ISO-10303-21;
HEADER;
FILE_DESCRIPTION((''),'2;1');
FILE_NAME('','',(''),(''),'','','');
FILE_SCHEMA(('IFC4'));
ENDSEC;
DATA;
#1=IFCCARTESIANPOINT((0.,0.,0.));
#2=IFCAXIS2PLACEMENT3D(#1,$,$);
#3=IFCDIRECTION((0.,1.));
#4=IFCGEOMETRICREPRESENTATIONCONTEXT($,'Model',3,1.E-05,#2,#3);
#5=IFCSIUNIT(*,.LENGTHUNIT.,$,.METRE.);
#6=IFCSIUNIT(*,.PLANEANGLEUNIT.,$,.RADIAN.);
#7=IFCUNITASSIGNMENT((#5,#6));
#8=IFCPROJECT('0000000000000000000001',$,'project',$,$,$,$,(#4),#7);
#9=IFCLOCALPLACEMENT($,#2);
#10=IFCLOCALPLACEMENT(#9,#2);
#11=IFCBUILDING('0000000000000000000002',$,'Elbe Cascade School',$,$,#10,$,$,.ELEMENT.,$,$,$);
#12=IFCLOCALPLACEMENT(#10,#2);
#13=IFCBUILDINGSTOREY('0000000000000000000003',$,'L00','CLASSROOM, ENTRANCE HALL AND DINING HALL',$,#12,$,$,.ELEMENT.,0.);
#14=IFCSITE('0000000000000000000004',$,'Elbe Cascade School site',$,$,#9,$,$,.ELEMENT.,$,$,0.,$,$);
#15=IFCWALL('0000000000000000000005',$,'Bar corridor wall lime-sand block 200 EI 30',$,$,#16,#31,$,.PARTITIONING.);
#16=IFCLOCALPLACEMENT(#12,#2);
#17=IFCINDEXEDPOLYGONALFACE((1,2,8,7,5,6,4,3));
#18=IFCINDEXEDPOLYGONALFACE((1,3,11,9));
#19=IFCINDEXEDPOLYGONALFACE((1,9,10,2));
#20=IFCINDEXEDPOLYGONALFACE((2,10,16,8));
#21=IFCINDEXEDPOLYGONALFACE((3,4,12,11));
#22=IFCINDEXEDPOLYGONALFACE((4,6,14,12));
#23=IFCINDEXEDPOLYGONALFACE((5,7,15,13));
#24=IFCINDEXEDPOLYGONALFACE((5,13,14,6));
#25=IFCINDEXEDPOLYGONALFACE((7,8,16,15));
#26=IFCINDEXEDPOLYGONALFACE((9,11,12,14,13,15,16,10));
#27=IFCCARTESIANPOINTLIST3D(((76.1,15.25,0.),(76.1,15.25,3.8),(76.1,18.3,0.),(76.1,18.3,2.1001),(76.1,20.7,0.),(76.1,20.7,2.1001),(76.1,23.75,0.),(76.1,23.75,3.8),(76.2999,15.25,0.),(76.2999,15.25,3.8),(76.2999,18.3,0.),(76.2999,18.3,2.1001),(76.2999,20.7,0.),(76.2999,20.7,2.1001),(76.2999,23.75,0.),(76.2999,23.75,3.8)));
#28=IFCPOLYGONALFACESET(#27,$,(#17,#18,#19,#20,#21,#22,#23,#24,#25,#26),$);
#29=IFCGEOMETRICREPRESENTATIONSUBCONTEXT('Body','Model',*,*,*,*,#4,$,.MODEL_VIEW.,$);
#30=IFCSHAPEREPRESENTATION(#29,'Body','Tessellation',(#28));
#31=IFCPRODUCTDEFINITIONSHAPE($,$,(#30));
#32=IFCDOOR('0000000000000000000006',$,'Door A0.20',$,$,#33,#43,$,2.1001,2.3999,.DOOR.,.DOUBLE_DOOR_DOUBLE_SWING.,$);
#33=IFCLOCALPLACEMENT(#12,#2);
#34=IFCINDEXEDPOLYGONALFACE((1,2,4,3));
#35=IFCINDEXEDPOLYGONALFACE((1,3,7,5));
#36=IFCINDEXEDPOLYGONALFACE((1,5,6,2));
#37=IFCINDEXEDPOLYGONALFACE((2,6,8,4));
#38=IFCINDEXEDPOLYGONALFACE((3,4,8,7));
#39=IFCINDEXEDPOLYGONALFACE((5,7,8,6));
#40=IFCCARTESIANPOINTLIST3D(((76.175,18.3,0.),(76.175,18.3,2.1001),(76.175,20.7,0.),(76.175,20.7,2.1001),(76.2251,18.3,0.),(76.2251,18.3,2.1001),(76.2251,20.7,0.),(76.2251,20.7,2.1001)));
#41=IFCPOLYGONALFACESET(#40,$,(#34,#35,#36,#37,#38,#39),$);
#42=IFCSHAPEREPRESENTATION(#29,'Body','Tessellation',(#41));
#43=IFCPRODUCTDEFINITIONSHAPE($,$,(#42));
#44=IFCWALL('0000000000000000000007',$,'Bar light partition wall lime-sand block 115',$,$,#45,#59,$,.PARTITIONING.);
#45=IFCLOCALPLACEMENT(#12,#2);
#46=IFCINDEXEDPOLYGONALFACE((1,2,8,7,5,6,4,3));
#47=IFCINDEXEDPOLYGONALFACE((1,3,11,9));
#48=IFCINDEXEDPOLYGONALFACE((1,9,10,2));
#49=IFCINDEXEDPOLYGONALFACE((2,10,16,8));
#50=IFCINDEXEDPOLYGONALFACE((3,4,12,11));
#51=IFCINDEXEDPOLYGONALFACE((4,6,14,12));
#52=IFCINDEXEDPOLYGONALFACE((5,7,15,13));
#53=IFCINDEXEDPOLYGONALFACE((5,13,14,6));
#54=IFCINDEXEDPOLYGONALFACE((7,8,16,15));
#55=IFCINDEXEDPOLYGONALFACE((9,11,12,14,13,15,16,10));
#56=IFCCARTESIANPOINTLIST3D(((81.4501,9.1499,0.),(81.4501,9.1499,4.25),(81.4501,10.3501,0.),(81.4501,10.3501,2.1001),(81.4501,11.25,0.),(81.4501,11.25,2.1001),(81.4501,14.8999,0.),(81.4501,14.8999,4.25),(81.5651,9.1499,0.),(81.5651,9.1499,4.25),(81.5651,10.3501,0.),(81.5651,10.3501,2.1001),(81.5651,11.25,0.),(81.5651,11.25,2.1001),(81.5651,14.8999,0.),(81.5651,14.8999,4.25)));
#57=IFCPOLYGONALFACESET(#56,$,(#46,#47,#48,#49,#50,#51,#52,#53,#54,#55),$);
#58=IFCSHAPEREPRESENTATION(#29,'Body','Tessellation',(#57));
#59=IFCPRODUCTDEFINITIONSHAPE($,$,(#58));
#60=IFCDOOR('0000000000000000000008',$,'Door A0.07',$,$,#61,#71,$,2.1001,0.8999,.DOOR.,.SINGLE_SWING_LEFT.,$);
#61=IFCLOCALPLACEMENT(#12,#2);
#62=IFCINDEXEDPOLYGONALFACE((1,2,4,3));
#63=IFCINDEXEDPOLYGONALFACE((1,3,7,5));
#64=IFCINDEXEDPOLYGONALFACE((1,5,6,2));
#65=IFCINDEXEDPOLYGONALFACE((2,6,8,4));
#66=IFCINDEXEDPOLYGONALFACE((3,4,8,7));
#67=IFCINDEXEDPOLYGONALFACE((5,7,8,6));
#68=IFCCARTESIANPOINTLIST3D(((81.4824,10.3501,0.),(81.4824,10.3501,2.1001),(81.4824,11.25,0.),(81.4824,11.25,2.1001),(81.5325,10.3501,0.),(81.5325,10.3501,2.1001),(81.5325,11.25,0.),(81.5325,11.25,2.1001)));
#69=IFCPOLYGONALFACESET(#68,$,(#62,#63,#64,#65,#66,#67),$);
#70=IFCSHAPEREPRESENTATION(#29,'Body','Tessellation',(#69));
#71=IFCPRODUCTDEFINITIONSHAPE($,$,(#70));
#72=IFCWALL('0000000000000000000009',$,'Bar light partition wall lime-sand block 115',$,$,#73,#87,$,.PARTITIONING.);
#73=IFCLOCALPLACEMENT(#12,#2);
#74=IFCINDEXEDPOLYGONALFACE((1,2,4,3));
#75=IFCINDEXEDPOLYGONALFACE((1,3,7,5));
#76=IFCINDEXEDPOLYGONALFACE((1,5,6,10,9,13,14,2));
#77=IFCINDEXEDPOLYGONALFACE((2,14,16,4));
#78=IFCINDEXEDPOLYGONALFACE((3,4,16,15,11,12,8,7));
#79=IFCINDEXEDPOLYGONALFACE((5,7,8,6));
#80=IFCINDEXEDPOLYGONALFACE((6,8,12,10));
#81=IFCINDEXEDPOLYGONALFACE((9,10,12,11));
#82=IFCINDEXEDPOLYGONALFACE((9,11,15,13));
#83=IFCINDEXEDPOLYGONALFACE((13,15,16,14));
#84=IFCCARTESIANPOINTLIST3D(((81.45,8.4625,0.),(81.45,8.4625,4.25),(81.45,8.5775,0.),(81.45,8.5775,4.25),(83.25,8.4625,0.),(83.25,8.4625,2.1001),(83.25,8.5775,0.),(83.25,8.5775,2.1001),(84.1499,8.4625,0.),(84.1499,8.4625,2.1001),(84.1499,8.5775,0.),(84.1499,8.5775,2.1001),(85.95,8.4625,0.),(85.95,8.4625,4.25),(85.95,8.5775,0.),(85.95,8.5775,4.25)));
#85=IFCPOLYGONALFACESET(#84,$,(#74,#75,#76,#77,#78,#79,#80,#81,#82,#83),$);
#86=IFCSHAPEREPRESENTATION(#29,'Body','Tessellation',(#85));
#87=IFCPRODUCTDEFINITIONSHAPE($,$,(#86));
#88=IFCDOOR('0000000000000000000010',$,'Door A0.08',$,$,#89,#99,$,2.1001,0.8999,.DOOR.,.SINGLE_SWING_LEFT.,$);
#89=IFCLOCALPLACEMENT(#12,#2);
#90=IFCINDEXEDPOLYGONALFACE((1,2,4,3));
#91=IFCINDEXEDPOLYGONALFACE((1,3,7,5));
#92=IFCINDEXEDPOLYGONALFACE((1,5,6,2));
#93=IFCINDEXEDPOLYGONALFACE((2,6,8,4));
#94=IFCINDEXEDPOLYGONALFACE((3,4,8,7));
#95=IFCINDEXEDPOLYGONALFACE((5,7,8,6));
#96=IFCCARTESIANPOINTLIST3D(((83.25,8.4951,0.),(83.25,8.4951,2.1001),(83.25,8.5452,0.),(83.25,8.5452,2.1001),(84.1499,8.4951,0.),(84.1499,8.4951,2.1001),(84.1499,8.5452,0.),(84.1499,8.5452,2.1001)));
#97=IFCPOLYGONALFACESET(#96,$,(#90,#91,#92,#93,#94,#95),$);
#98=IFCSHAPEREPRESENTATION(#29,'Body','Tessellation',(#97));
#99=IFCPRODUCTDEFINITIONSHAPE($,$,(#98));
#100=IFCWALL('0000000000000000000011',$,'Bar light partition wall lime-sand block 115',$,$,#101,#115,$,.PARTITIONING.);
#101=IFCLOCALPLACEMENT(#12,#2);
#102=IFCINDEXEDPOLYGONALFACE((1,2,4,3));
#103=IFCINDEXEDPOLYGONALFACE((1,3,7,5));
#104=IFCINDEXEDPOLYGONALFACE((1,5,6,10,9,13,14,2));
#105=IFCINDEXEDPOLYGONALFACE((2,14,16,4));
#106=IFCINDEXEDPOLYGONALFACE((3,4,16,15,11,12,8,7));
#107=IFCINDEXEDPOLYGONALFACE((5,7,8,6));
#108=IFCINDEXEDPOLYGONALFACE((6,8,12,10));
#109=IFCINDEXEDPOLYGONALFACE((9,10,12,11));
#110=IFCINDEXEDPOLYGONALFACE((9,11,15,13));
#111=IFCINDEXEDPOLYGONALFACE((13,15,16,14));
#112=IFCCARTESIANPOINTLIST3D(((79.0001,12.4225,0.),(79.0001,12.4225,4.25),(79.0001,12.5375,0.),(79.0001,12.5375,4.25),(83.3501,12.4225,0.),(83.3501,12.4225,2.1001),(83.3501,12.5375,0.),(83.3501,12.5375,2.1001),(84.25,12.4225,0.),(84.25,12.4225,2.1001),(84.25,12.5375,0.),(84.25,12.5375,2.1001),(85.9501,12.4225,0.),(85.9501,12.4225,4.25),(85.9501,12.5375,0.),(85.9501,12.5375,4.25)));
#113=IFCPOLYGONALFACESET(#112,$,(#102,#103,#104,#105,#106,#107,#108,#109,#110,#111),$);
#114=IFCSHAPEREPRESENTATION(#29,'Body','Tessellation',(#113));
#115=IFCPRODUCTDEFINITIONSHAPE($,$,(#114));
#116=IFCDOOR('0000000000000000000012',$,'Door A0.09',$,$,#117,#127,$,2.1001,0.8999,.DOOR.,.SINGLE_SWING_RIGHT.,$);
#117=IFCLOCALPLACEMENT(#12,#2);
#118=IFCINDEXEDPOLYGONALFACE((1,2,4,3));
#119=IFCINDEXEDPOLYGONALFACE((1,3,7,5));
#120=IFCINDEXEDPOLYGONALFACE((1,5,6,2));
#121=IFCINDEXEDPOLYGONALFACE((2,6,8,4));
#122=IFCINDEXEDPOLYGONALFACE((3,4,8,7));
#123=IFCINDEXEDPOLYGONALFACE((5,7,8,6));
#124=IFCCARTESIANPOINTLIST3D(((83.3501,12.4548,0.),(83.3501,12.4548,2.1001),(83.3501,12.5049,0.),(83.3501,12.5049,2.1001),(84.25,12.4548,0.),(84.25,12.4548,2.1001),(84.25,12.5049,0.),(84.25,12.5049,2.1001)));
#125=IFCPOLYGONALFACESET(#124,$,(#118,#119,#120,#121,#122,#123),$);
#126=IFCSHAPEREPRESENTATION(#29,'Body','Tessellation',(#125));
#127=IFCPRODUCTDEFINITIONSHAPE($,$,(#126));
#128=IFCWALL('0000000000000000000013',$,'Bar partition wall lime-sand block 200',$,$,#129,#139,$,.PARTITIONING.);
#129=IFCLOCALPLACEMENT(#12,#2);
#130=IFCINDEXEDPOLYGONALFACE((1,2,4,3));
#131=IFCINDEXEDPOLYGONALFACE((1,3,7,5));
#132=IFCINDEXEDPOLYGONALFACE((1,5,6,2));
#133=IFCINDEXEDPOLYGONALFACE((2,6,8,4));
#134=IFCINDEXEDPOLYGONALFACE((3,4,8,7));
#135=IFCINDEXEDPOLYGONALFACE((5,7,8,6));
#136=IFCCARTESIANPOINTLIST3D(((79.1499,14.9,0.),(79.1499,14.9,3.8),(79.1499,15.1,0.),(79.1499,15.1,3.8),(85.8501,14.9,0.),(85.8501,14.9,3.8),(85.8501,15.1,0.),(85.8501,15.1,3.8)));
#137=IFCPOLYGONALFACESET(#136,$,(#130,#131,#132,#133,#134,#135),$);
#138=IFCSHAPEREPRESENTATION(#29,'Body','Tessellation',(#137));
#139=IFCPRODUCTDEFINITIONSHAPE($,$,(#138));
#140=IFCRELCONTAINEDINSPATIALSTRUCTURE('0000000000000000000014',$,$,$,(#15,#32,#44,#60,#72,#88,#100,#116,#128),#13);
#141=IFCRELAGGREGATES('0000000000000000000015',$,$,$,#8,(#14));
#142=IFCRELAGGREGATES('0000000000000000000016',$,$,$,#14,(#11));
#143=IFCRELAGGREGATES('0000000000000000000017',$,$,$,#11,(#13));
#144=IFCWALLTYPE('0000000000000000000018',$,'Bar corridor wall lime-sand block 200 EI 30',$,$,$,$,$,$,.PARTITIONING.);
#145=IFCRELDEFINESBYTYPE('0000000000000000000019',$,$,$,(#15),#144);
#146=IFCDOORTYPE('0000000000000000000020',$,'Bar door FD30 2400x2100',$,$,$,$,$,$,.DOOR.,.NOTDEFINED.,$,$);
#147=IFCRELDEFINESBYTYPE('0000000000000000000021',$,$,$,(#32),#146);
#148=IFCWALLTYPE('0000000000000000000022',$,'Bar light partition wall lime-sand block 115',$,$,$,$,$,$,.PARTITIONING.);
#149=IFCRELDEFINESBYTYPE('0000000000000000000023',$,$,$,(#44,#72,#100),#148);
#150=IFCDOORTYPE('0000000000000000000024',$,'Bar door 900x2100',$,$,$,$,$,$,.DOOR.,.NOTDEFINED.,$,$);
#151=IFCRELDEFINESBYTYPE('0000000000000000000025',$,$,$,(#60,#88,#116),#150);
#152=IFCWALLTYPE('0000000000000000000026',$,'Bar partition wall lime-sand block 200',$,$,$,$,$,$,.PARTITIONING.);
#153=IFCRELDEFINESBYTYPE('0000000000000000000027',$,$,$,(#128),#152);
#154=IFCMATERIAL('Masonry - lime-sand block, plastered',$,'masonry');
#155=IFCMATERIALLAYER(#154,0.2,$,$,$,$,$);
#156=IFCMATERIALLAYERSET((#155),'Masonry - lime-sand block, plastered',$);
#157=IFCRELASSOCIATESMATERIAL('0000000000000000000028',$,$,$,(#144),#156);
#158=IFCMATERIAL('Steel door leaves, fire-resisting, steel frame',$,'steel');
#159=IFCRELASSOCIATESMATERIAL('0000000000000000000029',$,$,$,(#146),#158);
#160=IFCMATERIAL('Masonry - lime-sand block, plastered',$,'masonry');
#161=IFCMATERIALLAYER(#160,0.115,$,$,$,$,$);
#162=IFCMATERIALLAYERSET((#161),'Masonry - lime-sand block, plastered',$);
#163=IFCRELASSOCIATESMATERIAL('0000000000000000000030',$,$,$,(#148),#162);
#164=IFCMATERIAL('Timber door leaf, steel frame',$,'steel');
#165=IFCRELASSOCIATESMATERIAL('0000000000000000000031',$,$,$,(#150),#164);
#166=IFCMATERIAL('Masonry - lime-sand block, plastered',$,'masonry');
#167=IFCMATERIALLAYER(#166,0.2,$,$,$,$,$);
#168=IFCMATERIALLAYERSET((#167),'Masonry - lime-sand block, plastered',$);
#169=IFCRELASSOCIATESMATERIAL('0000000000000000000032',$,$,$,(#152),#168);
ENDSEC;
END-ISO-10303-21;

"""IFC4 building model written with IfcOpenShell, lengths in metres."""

from ifc_helpers import new_model, si_unit, direction, frame, frame_2d, origin, place, context, subcontext, project, spatial, rectangle, extrude, material, layer, layer_set, type_object, element, fill, save


model = new_model("IFC4")

# Units and contexts
model_context = context("Model", 3, precision=1e-05, world=origin(), true_north=direction((0.0, 1.0)))
body_context = subcontext(model_context, "Body", "Model", "MODEL_VIEW")
ifc_project = project(units=[si_unit("LENGTHUNIT", "METRE"), si_unit("PLANEANGLEUNIT", "RADIAN")], contexts=[model_context])

# Site, building, storey
site_placement = place(None, origin())
site = spatial("IfcSite", under=ifc_project, at=site_placement, Name="Elbe Cascade School site", CompositionType="ELEMENT", RefElevation=0.0)
building_placement = place(site_placement, origin())
building = spatial("IfcBuilding", under=site, at=building_placement, Name="Elbe Cascade School", CompositionType="ELEMENT")
storey_placement = place(building_placement, origin())
storey = spatial("IfcBuildingStorey", under=building, at=storey_placement, Name="L00", Description="CLASSROOM, ENTRANCE HALL AND DINING HALL", CompositionType="ELEMENT", Elevation=0.0)

# Walls, openings, doors
ifc_material_1 = material(Name="Masonry - lime-sand block, plastered", Category="masonry")
ifc_layer_1 = layer(ifc_material_1, 0.2)
ifc_layer_set_1 = layer_set([ifc_layer_1], Name="Masonry - lime-sand block, plastered")
wall_type_1 = type_object("IfcWallType", Name="Bar corridor wall lime-sand block 200 EI 30", PredefinedType="PARTITIONING", material=ifc_layer_set_1)
wall_1_placement = place(storey_placement, frame((76.2, 15.25, 0.0), z_axis=(0.0, 0.0, 1.0), x_axis=(0.0, 1.0, 0.0)))
wall_1 = element("IfcWall", 1, at=wall_1_placement, inside=storey, type_object=wall_type_1, Name="Bar corridor wall lime-sand block 200 EI 30", PredefinedType="PARTITIONING", context=body_context, shape_type="SweptSolid", body=[
    extrude(rectangle(XDim=8.5, YDim=0.2, at=frame_2d((4.25, 0.0))), origin(), (0.0, 0.0, 1.0), 3.8),
])
opening_1_placement = place(wall_1_placement, frame((3.05, 0.0, 0.0)))
opening_1 = element("IfcOpeningElement", 2, at=opening_1_placement, cuts=wall_1, PredefinedType="OPENING", context=body_context, shape_type="SweptSolid", body=[
    extrude(rectangle(XDim=2.3999, YDim=2.1001, at=frame_2d((1.2, 1.05))), frame((0.0, 0.1099, 0.0), z_axis=(0.0, -1.0, 0.0), x_axis=(1.0, 0.0, 0.0)), (0.0, 0.0, 1.0), 0.22),
])
ifc_material_2 = material(Name="Steel door leaves, fire-resisting, steel frame", Category="steel")
door_type_1 = type_object("IfcDoorType", Name="Bar door FD30 2400x2100", OperationType="NOTDEFINED", PredefinedType="DOOR", material=ifc_material_2)
door_1_placement = place(opening_1_placement, origin())
door_1 = element("IfcDoor", 3, at=door_1_placement, inside=storey, type_object=door_type_1, Name="Door A0.20", OperationType="DOUBLE_DOOR_DOUBLE_SWING", OverallHeight=2.1001, OverallWidth=2.3999, PredefinedType="DOOR", context=body_context, shape_type="SweptSolid", body=[
    extrude(rectangle(XDim=2.3999, YDim=2.1001, at=frame_2d((1.2, 1.05))), frame((0.0, 0.0249, 0.0), z_axis=(0.0, -1.0, 0.0), x_axis=(1.0, 0.0, 0.0)), (0.0, 0.0, 1.0), 0.05),
])
fill(opening_1, door_1)
ifc_material_3 = material(Name="Masonry - lime-sand block, plastered", Category="masonry")
ifc_layer_2 = layer(ifc_material_3, 0.115)
ifc_layer_set_2 = layer_set([ifc_layer_2], Name="Masonry - lime-sand block, plastered")
wall_type_2 = type_object("IfcWallType", Name="Bar light partition wall lime-sand block 115", PredefinedType="PARTITIONING", material=ifc_layer_set_2)
wall_2_placement = place(storey_placement, frame((81.5076, 14.8999, 0.0), z_axis=(0.0, 0.0, 1.0), x_axis=(0.0, -1.0, 0.0)))
wall_2 = element("IfcWall", 4, at=wall_2_placement, inside=storey, type_object=wall_type_2, Name="Bar light partition wall lime-sand block 115", PredefinedType="PARTITIONING", context=body_context, shape_type="SweptSolid", body=[
    extrude(rectangle(XDim=5.75, YDim=0.115, at=frame_2d((2.875, 0.0))), origin(), (0.0, 0.0, 1.0), 4.25),
])
opening_2_placement = place(wall_2_placement, frame((3.6499, 0.0, 0.0)))
opening_2 = element("IfcOpeningElement", 5, at=opening_2_placement, cuts=wall_2, PredefinedType="OPENING", context=body_context, shape_type="SweptSolid", body=[
    extrude(rectangle(XDim=0.8999, YDim=2.1001, at=frame_2d((0.45, 1.05))), frame((0.0, 0.0674, 0.0), z_axis=(0.0, -1.0, 0.0), x_axis=(1.0, 0.0, 0.0)), (0.0, 0.0, 1.0), 0.135),
])
ifc_material_4 = material(Name="Timber door leaf, steel frame", Category="steel")
door_type_2 = type_object("IfcDoorType", Name="Bar door 900x2100", OperationType="NOTDEFINED", PredefinedType="DOOR", material=ifc_material_4)
door_2_placement = place(opening_2_placement, origin())
door_2 = element("IfcDoor", 6, at=door_2_placement, inside=storey, type_object=door_type_2, Name="Door A0.07", OperationType="SINGLE_SWING_LEFT", OverallHeight=2.1001, OverallWidth=0.8999, PredefinedType="DOOR", context=body_context, shape_type="SweptSolid", body=[
    extrude(rectangle(XDim=0.8999, YDim=2.1001, at=frame_2d((0.45, 1.05))), frame((0.0, 0.0249, 0.0), z_axis=(0.0, -1.0, 0.0), x_axis=(1.0, 0.0, 0.0)), (0.0, 0.0, 1.0), 0.05),
])
fill(opening_2, door_2)
wall_3_placement = place(storey_placement, frame((85.95, 8.52, 0.0), z_axis=(0.0, 0.0, 1.0), x_axis=(-1.0, 0.0, 0.0)))
wall_3 = element("IfcWall", 7, at=wall_3_placement, inside=storey, type_object=wall_type_2, Name="Bar light partition wall lime-sand block 115", PredefinedType="PARTITIONING", context=body_context, shape_type="SweptSolid", body=[
    extrude(rectangle(XDim=4.5, YDim=0.115, at=frame_2d((2.25, 0.0))), origin(), (0.0, 0.0, 1.0), 4.25),
])
opening_3_placement = place(wall_3_placement, frame((1.8, 0.0, 0.0)))
opening_3 = element("IfcOpeningElement", 8, at=opening_3_placement, cuts=wall_3, PredefinedType="OPENING", context=body_context, shape_type="SweptSolid", body=[
    extrude(rectangle(XDim=0.8999, YDim=2.1001, at=frame_2d((0.45, 1.05))), frame((0.0, 0.0674, 0.0), z_axis=(0.0, -1.0, 0.0), x_axis=(1.0, 0.0, 0.0)), (0.0, 0.0, 1.0), 0.135),
])
door_3_placement = place(opening_3_placement, origin())
door_3 = element("IfcDoor", 9, at=door_3_placement, inside=storey, type_object=door_type_2, Name="Door A0.08", OperationType="SINGLE_SWING_LEFT", OverallHeight=2.1001, OverallWidth=0.8999, PredefinedType="DOOR", context=body_context, shape_type="SweptSolid", body=[
    extrude(rectangle(XDim=0.8999, YDim=2.1001, at=frame_2d((0.45, 1.05))), frame((0.0, 0.0249, 0.0), z_axis=(0.0, -1.0, 0.0), x_axis=(1.0, 0.0, 0.0)), (0.0, 0.0, 1.0), 0.05),
])
fill(opening_3, door_3)
wall_4_placement = place(storey_placement, frame((79.0, 12.48, 0.0), z_axis=(0.0, 0.0, 1.0), x_axis=(1.0, 0.0, 0.0)))
wall_4 = element("IfcWall", 10, at=wall_4_placement, inside=storey, type_object=wall_type_2, Name="Bar light partition wall lime-sand block 115", PredefinedType="PARTITIONING", context=body_context, shape_type="SweptSolid", body=[
    extrude(rectangle(XDim=6.95, YDim=0.115, at=frame_2d((3.4751, 0.0))), origin(), (0.0, 0.0, 1.0), 4.25),
])
opening_4_placement = place(wall_4_placement, frame((4.3501, 0.0, 0.0)))
opening_4 = element("IfcOpeningElement", 11, at=opening_4_placement, cuts=wall_4, PredefinedType="OPENING", context=body_context, shape_type="SweptSolid", body=[
    extrude(rectangle(XDim=0.8999, YDim=2.1001, at=frame_2d((0.45, 1.05))), frame((0.0, 0.0674, 0.0), z_axis=(0.0, -1.0, 0.0), x_axis=(1.0, 0.0, 0.0)), (0.0, 0.0, 1.0), 0.135),
])
door_4_placement = place(opening_4_placement, origin())
door_4 = element("IfcDoor", 12, at=door_4_placement, inside=storey, type_object=door_type_2, Name="Door A0.09", OperationType="SINGLE_SWING_RIGHT", OverallHeight=2.1001, OverallWidth=0.8999, PredefinedType="DOOR", context=body_context, shape_type="SweptSolid", body=[
    extrude(rectangle(XDim=0.8999, YDim=2.1001, at=frame_2d((0.45, 1.05))), frame((0.0, 0.0249, 0.0), z_axis=(0.0, -1.0, 0.0), x_axis=(1.0, 0.0, 0.0)), (0.0, 0.0, 1.0), 0.05),
])
fill(opening_4, door_4)

# Wall
ifc_material_5 = material(Name="Masonry - lime-sand block, plastered", Category="masonry")
ifc_layer_3 = layer(ifc_material_5, 0.2)
ifc_layer_set_3 = layer_set([ifc_layer_3], Name="Masonry - lime-sand block, plastered")
wall_type_3 = type_object("IfcWallType", Name="Bar partition wall lime-sand block 200", PredefinedType="PARTITIONING", material=ifc_layer_set_3)
wall_5_placement = place(storey_placement, frame((79.1499, 15.0, 0.0), z_axis=(0.0, 0.0, 1.0), x_axis=(1.0, 0.0, 0.0)))
element("IfcWall", 13, at=wall_5_placement, inside=storey, type_object=wall_type_3, Name="Bar partition wall lime-sand block 200", PredefinedType="PARTITIONING", context=body_context, shape_type="SweptSolid", body=[
    extrude(rectangle(XDim=6.7002, YDim=0.2, at=frame_2d((3.3501, 0.0))), origin(), (0.0, 0.0, 1.0), 3.8),
])

save(model, "model.ifc")
